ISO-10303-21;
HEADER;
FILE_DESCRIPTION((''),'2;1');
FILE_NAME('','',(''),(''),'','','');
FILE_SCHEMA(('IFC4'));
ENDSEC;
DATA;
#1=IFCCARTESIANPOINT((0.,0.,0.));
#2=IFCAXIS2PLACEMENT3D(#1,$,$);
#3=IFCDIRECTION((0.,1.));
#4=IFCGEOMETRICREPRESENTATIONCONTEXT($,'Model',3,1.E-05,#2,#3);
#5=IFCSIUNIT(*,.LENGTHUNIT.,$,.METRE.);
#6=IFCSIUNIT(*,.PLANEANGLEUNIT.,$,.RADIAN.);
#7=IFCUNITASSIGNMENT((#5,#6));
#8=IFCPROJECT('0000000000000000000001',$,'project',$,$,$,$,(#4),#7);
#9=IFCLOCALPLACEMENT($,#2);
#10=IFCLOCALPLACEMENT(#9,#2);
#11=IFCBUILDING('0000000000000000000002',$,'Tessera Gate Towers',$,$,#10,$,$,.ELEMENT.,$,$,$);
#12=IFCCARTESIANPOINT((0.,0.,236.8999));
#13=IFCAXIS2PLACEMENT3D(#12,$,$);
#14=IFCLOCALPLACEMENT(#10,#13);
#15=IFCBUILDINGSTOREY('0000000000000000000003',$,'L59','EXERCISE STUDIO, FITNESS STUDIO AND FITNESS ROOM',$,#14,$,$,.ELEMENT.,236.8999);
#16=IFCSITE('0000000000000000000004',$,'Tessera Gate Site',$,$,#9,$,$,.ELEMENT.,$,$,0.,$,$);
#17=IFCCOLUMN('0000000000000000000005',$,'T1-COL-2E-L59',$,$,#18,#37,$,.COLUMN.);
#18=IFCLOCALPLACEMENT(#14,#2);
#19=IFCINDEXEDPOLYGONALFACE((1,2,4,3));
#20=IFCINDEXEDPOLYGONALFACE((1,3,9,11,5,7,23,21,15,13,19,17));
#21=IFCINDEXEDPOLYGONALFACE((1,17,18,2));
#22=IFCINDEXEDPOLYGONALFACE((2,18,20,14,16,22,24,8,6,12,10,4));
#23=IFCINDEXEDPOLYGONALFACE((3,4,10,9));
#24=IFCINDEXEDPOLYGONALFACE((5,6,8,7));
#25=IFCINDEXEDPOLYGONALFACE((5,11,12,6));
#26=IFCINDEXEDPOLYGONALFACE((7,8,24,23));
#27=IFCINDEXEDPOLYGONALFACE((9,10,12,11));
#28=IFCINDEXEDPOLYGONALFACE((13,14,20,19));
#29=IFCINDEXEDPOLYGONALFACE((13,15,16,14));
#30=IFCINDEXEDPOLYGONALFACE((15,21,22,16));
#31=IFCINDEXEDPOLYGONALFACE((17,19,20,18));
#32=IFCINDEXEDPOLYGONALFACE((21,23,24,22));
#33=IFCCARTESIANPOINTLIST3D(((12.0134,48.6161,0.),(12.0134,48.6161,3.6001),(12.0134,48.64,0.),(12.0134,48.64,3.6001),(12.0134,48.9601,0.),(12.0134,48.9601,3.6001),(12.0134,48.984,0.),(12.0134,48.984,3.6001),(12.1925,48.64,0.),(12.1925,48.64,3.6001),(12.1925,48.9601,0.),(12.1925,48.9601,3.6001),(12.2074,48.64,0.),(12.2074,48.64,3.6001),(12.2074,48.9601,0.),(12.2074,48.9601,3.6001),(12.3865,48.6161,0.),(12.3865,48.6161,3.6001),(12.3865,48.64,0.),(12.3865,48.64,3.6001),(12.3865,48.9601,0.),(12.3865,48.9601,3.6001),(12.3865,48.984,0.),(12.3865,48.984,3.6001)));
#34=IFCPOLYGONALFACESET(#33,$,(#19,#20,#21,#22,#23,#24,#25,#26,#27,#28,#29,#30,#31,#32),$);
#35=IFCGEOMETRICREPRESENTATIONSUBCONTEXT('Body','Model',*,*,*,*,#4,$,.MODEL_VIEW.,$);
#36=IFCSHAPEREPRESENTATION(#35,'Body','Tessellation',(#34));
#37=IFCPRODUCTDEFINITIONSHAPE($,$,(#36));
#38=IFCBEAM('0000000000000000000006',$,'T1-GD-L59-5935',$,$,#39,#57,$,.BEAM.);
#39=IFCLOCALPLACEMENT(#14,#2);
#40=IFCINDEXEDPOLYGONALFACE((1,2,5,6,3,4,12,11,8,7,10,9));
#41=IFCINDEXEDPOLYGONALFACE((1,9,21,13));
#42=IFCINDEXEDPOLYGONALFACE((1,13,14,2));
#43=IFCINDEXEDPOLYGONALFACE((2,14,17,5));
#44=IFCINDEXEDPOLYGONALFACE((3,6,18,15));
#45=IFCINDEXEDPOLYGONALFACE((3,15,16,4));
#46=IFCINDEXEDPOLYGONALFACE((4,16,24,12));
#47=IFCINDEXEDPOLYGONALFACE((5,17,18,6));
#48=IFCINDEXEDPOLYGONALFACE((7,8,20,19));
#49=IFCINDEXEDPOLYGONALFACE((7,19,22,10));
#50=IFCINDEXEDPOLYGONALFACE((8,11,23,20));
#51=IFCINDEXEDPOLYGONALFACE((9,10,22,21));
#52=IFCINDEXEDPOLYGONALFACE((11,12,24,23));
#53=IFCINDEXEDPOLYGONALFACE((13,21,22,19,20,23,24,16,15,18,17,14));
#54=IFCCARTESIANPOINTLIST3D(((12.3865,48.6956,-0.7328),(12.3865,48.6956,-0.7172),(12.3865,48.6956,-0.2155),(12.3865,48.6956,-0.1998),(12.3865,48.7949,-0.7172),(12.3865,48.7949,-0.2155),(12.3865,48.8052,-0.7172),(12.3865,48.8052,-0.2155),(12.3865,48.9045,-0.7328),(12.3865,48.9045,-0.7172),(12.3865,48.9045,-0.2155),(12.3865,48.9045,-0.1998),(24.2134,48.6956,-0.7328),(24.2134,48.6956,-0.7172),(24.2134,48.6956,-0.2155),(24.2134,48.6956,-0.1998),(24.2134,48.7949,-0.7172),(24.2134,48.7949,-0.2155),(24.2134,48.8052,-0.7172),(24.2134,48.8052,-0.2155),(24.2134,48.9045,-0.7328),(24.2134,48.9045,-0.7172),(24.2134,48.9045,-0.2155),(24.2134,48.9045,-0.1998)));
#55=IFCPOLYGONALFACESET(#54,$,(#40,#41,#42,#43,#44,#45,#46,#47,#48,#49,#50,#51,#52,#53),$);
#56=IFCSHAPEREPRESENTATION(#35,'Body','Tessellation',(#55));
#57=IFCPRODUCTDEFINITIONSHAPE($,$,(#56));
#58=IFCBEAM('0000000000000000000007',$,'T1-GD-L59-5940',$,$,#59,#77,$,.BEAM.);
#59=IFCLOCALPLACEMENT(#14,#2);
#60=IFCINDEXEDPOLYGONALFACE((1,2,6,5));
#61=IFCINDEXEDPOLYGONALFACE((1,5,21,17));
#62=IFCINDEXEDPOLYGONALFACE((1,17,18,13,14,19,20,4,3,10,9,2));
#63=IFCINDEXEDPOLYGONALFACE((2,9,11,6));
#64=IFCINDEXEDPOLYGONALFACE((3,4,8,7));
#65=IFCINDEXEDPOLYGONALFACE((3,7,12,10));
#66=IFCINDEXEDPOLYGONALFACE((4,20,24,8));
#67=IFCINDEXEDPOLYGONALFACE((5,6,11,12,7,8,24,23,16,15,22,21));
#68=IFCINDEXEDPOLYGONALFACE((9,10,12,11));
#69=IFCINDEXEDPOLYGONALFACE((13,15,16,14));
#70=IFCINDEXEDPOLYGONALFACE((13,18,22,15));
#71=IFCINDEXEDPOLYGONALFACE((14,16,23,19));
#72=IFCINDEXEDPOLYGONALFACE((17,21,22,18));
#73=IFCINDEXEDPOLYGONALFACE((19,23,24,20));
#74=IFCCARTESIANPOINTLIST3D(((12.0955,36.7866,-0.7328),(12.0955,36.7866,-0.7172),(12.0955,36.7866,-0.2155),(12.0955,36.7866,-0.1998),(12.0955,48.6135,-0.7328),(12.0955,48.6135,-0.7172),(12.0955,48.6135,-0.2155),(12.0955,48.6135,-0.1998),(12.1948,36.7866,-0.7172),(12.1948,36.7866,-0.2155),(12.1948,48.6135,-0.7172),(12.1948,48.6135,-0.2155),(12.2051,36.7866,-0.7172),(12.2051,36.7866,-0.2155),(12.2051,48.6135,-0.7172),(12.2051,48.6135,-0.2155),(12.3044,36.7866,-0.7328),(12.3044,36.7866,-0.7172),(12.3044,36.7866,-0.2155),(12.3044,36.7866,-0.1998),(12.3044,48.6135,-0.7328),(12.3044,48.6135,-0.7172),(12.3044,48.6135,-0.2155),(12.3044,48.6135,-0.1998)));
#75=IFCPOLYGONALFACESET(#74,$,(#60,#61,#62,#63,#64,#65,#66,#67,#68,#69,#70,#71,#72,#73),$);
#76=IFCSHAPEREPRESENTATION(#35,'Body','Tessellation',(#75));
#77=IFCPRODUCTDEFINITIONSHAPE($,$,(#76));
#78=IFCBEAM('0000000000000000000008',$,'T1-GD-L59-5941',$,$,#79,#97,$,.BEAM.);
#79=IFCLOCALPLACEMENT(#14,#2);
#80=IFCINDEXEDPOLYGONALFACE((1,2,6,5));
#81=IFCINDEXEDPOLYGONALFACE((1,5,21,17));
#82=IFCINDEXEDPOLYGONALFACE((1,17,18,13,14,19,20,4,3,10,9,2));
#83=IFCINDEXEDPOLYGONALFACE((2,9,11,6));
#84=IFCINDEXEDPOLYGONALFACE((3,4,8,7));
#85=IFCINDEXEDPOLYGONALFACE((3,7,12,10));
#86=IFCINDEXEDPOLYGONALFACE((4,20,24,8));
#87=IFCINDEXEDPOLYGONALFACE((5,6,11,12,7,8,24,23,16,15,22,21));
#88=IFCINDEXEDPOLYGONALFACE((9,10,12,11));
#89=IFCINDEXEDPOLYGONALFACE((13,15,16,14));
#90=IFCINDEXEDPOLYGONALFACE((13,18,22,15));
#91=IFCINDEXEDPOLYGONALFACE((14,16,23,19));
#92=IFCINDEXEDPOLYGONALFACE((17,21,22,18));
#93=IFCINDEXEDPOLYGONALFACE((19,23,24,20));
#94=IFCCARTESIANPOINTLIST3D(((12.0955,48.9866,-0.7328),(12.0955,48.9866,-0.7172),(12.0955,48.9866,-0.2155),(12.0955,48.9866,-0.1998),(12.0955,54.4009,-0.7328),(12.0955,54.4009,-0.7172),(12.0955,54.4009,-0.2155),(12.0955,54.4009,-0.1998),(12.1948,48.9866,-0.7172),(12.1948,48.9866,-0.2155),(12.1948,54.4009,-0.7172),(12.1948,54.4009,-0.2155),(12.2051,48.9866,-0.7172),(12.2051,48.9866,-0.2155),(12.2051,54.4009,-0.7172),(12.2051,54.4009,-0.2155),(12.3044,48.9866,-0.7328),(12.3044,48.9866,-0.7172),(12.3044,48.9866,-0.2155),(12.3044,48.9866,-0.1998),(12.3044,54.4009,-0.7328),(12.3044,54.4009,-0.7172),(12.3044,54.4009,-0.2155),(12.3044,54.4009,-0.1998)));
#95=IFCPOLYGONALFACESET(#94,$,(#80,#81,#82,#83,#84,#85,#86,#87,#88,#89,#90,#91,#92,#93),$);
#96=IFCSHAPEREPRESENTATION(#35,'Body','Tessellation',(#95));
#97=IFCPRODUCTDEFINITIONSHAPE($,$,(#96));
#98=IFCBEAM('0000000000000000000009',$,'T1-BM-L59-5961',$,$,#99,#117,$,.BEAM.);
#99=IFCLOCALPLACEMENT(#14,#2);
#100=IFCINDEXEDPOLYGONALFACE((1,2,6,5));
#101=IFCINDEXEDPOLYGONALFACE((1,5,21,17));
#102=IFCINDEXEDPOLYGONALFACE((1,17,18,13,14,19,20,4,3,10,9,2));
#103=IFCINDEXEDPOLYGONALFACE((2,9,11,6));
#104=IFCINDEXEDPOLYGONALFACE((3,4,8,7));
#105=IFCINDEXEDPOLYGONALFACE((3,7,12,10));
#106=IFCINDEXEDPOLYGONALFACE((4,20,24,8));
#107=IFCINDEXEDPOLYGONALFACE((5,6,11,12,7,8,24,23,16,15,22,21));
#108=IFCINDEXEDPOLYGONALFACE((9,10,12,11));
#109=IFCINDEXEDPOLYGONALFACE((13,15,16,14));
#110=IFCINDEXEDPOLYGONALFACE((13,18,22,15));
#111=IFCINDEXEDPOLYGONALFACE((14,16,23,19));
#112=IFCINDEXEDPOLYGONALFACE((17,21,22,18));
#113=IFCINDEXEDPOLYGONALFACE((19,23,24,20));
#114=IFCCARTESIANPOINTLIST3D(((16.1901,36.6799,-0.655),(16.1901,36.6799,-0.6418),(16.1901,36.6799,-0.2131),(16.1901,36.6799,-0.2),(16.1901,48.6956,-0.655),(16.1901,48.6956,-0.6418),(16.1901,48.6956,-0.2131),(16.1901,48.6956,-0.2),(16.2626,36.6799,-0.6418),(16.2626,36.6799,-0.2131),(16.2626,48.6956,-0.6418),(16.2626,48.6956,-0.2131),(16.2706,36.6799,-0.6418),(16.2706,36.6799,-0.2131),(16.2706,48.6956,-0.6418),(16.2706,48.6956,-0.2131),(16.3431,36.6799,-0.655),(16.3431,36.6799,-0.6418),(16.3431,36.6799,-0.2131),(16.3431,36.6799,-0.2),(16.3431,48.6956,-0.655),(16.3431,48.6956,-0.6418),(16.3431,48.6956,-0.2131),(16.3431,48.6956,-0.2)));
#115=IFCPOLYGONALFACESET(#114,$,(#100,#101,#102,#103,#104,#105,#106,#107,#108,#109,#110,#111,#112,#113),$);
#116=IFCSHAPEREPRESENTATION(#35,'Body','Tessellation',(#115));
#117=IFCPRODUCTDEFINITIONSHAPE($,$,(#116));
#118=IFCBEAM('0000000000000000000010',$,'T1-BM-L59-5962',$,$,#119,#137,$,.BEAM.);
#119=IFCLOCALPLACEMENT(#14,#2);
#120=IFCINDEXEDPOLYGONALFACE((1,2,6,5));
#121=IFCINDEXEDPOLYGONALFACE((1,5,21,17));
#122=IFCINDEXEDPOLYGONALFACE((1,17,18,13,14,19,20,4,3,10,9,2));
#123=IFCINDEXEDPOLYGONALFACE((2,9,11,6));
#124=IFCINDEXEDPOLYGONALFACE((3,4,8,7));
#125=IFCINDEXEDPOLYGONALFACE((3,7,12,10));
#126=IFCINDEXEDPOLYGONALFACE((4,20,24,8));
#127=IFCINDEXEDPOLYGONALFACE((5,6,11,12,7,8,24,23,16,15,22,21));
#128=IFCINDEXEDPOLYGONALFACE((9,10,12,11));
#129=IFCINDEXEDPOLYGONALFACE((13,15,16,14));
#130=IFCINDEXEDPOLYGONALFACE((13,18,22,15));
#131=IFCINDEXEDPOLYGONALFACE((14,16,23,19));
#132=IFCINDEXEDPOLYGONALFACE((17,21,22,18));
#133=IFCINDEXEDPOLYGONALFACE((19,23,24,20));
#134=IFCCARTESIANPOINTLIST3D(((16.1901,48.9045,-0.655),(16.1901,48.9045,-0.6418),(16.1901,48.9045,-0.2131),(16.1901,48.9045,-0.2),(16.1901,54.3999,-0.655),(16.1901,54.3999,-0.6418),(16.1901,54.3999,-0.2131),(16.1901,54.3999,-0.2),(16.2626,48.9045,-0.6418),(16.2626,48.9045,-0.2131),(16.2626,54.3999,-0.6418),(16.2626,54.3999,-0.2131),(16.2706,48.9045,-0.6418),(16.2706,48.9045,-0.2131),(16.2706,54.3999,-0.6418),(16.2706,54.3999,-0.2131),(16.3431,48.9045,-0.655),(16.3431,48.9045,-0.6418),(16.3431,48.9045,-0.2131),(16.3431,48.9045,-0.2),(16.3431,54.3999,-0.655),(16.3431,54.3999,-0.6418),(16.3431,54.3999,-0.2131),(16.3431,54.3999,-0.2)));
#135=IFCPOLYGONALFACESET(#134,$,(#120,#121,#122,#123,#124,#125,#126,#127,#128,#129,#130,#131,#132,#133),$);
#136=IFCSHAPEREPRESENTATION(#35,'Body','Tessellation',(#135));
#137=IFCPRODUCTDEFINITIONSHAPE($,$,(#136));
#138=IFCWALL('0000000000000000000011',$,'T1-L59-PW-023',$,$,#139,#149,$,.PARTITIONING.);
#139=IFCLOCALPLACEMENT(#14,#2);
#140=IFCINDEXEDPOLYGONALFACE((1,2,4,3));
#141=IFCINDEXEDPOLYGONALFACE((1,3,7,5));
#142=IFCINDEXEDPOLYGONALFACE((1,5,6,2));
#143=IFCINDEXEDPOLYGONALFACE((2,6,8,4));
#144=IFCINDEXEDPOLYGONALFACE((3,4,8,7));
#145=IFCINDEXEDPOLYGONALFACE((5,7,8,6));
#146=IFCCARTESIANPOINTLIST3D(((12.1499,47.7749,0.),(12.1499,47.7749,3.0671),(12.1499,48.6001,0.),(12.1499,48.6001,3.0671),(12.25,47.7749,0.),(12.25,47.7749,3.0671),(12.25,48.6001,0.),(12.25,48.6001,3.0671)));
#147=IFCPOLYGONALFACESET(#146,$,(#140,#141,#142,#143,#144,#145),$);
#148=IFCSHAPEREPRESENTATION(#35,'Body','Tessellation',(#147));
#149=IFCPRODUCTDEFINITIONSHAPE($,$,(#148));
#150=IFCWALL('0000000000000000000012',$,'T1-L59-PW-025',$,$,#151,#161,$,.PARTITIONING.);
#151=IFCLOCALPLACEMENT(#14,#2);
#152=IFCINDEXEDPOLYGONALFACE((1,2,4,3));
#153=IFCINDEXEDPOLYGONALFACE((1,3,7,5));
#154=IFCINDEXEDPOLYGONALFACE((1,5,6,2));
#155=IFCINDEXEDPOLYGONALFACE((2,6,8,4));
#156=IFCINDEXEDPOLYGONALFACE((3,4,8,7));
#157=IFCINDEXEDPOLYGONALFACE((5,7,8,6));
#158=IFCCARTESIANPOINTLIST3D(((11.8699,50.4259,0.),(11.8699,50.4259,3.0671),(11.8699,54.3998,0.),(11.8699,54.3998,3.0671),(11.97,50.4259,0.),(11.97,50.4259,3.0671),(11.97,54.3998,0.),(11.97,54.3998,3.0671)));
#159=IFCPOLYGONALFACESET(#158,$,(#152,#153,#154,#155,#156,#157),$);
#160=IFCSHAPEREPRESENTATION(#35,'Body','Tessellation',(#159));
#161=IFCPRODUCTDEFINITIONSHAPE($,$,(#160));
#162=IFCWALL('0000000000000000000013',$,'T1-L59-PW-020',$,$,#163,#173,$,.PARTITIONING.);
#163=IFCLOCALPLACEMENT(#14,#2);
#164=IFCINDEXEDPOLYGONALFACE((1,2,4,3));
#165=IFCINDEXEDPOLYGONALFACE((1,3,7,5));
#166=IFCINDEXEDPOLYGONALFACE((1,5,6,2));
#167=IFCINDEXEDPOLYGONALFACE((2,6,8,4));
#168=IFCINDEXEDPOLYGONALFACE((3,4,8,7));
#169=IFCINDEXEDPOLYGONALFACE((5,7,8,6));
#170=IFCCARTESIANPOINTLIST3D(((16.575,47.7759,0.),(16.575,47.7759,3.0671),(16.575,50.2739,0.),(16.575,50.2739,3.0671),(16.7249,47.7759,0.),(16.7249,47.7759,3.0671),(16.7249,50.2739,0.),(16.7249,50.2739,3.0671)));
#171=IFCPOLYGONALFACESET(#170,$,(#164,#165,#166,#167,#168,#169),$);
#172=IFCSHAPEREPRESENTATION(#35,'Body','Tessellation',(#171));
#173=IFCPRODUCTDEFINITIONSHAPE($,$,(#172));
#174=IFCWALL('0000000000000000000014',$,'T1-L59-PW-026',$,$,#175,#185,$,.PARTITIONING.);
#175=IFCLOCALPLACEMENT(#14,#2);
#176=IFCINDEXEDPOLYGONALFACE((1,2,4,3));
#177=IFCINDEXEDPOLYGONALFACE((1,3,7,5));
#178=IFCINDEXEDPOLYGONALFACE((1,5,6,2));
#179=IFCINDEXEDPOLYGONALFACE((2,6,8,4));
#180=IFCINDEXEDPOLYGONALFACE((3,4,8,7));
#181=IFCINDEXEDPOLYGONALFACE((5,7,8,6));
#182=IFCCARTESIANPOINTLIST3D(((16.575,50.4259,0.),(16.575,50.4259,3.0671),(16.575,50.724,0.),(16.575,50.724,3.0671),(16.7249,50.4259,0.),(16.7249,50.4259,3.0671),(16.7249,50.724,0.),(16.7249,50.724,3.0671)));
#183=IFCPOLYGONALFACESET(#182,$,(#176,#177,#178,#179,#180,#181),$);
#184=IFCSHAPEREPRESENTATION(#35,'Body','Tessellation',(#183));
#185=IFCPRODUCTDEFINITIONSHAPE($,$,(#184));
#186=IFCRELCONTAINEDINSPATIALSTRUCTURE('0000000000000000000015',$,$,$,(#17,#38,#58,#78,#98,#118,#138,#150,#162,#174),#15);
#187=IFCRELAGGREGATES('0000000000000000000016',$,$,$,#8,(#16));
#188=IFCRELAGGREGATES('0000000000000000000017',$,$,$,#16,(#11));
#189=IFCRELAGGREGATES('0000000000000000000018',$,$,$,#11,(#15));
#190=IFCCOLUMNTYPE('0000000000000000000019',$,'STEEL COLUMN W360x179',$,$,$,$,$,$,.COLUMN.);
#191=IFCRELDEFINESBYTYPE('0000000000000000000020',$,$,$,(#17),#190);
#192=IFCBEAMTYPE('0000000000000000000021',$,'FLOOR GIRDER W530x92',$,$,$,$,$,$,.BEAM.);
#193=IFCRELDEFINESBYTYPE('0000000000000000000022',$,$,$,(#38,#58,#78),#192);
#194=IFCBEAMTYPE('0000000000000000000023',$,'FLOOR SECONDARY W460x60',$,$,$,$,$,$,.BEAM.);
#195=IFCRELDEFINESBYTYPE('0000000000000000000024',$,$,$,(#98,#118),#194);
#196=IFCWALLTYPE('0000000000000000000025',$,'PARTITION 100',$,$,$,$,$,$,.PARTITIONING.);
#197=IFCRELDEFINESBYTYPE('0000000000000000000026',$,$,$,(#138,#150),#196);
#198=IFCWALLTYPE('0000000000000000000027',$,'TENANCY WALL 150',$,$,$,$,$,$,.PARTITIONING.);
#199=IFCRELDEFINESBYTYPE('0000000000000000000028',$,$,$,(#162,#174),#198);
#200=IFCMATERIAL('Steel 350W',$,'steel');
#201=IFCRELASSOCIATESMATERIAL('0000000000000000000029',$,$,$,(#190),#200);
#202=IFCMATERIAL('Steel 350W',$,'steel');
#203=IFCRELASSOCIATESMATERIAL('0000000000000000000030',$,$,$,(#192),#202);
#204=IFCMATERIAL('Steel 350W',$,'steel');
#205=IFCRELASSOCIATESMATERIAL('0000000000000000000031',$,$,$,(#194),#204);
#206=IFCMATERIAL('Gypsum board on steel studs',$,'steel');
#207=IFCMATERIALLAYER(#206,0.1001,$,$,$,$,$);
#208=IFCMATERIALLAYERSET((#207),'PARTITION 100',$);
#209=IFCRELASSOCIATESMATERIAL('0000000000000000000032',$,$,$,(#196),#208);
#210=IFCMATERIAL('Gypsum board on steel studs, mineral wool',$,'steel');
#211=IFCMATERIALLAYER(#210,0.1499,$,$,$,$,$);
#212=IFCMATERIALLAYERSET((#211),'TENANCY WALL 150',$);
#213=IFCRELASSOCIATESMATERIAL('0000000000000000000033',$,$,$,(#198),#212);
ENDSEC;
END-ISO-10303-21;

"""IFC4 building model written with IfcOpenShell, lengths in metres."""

from ifc_helpers import new_model, si_unit, direction, frame, frame_2d, origin, origin_2d, place, context, subcontext, project, spatial, rectangle, i_section, extrude, material, layer, layer_set, material_profile, profile_set, type_object, element, save


model = new_model("IFC4")

# Units and contexts
model_context = context("Model", 3, precision=1e-05, world=origin(), true_north=direction((0.0, 1.0)))
body_context = subcontext(model_context, "Body", "Model", "MODEL_VIEW")
ifc_project = project(units=[si_unit("LENGTHUNIT", "METRE"), si_unit("PLANEANGLEUNIT", "RADIAN")], contexts=[model_context])

# Site, building, storey
site_placement = place(None, origin())
site = spatial("IfcSite", under=ifc_project, at=site_placement, Name="Tessera Gate Site", CompositionType="ELEMENT", RefElevation=0.0)
building_placement = place(site_placement, origin())
building = spatial("IfcBuilding", under=site, at=building_placement, Name="Tessera Gate Towers", CompositionType="ELEMENT")
storey_placement = place(building_placement, frame((0.0, 0.0, 236.8999)))
storey = spatial("IfcBuildingStorey", under=building, at=storey_placement, Name="L59", Description="EXERCISE STUDIO, FITNESS STUDIO AND FITNESS ROOM", CompositionType="ELEMENT", Elevation=236.8999)

# Column
ifc_material_1 = material(Name="Steel 350W", Category="steel")
ifc_material_profile_1 = material_profile(ifc_material_1, i_section(OverallWidth=0.373, OverallDepth=0.3679, WebThickness=0.0149, FlangeThickness=0.0239, at=origin_2d()), Name="W360x179")
ifc_profile_set_1 = profile_set([ifc_material_profile_1], Name="Steel 350W")
column_type = type_object("IfcColumnType", Name="STEEL COLUMN W360x179", PredefinedType="COLUMN", material=ifc_profile_set_1)
column_placement = place(storey_placement, frame((12.2, 48.8, 0.0), z_axis=(0.0, 0.0, 1.0), x_axis=(1.0, 0.0, 0.0)))
element("IfcColumn", 1, at=column_placement, inside=storey, type_object=column_type, Name="T1-COL-2E-L59", PredefinedType="COLUMN", context=body_context, shape_type="SweptSolid", body=[
    extrude(i_section(OverallWidth=0.373, OverallDepth=0.3679, WebThickness=0.0149, FlangeThickness=0.0239, at=origin_2d()), origin(), (0.0, 0.0, 1.0), 3.6001),
])

# Beams
ifc_material_2 = material(Name="Steel 350W", Category="steel")
ifc_material_profile_2 = material_profile(ifc_material_2, i_section(OverallWidth=0.209, OverallDepth=0.533, WebThickness=0.0103, FlangeThickness=0.0156, at=origin_2d()), Name="W530x92")
ifc_profile_set_2 = profile_set([ifc_material_profile_2], Name="Steel 350W")
beam_type_1 = type_object("IfcBeamType", Name="FLOOR GIRDER W530x92", PredefinedType="BEAM", material=ifc_profile_set_2)
for number, where, z_axis, x_axis, name in (
    (2, (12.3865, 48.8, -0.4663), (1.0, 0.0, 0.0), (0.0, 1.0, 0.0), "T1-GD-L59-5935"),
    (3, (12.2, 36.7866, -0.4663), (0.0, 1.0, 0.0), (-1.0, 0.0, 0.0), "T1-GD-L59-5940"),
):
    element("IfcBeam", number, at=place(storey_placement, frame(where, z_axis=z_axis, x_axis=x_axis)), inside=storey, type_object=beam_type_1, Name=name, PredefinedType="BEAM", context=body_context, shape_type="SweptSolid", body=[
        extrude(i_section(OverallWidth=0.209, OverallDepth=0.533, WebThickness=0.0103, FlangeThickness=0.0156, at=origin_2d()), origin(), (0.0, 0.0, 1.0), 11.8269),
    ])
beam_1_placement = place(storey_placement, frame((12.2, 48.9866, -0.4663), z_axis=(0.0, 1.0, 0.0), x_axis=(-1.0, 0.0, 0.0)))
element("IfcBeam", 4, at=beam_1_placement, inside=storey, type_object=beam_type_1, Name="T1-GD-L59-5941", PredefinedType="BEAM", context=body_context, shape_type="SweptSolid", body=[
    extrude(i_section(OverallWidth=0.209, OverallDepth=0.533, WebThickness=0.0103, FlangeThickness=0.0156, at=origin_2d()), origin(), (0.0, 0.0, 1.0), 5.4143),
])
ifc_material_3 = material(Name="Steel 350W", Category="steel")
ifc_material_profile_3 = material_profile(ifc_material_3, i_section(OverallWidth=0.1531, OverallDepth=0.4551, WebThickness=0.0081, FlangeThickness=0.0132, at=origin_2d()), Name="W460x60")
ifc_profile_set_3 = profile_set([ifc_material_profile_3], Name="Steel 350W")
beam_type_2 = type_object("IfcBeamType", Name="FLOOR SECONDARY W460x60", PredefinedType="BEAM", material=ifc_profile_set_3)
beam_2_placement = place(storey_placement, frame((16.2666, 36.6799, -0.4275), z_axis=(0.0, 1.0, 0.0), x_axis=(-1.0, 0.0, 0.0)))
element("IfcBeam", 5, at=beam_2_placement, inside=storey, type_object=beam_type_2, Name="T1-BM-L59-5961", PredefinedType="BEAM", context=body_context, shape_type="SweptSolid", body=[
    extrude(i_section(OverallWidth=0.1531, OverallDepth=0.4551, WebThickness=0.0081, FlangeThickness=0.0132, at=origin_2d()), origin(), (0.0, 0.0, 1.0), 12.0156),
])
beam_3_placement = place(storey_placement, frame((16.2666, 48.9045, -0.4275), z_axis=(0.0, 1.0, 0.0), x_axis=(-1.0, 0.0, 0.0)))
element("IfcBeam", 6, at=beam_3_placement, inside=storey, type_object=beam_type_2, Name="T1-BM-L59-5962", PredefinedType="BEAM", context=body_context, shape_type="SweptSolid", body=[
    extrude(i_section(OverallWidth=0.1531, OverallDepth=0.4551, WebThickness=0.0081, FlangeThickness=0.0132, at=origin_2d()), origin(), (0.0, 0.0, 1.0), 5.4954),
])

# Walls
ifc_material_4 = material(Name="Gypsum board on steel studs", Category="steel")
ifc_layer_1 = layer(ifc_material_4, 0.1001)
ifc_layer_set_1 = layer_set([ifc_layer_1], Name="PARTITION 100")
wall_type_1 = type_object("IfcWallType", Name="PARTITION 100", PredefinedType="PARTITIONING", material=ifc_layer_set_1)
wall_1_placement = place(storey_placement, frame((12.2, 48.6001, 0.0), z_axis=(0.0, 0.0, 1.0), x_axis=(0.0, -1.0, 0.0)))
element("IfcWall", 7, at=wall_1_placement, inside=storey, type_object=wall_type_1, Name="T1-L59-PW-023", PredefinedType="PARTITIONING", context=body_context, shape_type="SweptSolid", body=[
    extrude(rectangle(XDim=0.8252, YDim=0.1001, at=frame_2d((0.4126, 0.0))), origin(), (0.0, 0.0, 1.0), 3.0671),
])
wall_2_placement = place(storey_placement, frame((11.9199, 50.426, 0.0), z_axis=(0.0, 0.0, 1.0), x_axis=(0.0, 1.0, 0.0)))
element("IfcWall", 8, at=wall_2_placement, inside=storey, type_object=wall_type_1, Name="T1-L59-PW-025", PredefinedType="PARTITIONING", context=body_context, shape_type="SweptSolid", body=[
    extrude(rectangle(XDim=3.9739, YDim=0.1001, at=frame_2d((1.9868, 0.0))), origin(), (0.0, 0.0, 1.0), 3.0671),
])
ifc_material_5 = material(Name="Gypsum board on steel studs, mineral wool", Category="steel")
ifc_layer_2 = layer(ifc_material_5, 0.1499)
ifc_layer_set_2 = layer_set([ifc_layer_2], Name="TENANCY WALL 150")
wall_type_2 = type_object("IfcWallType", Name="TENANCY WALL 150", PredefinedType="PARTITIONING", material=ifc_layer_set_2)
wall_3_placement = place(storey_placement, frame((16.6499, 47.7759, 0.0), z_axis=(0.0, 0.0, 1.0), x_axis=(0.0, 1.0, 0.0)))
element("IfcWall", 9, at=wall_3_placement, inside=storey, type_object=wall_type_2, Name="T1-L59-PW-020", PredefinedType="PARTITIONING", context=body_context, shape_type="SweptSolid", body=[
    extrude(rectangle(XDim=2.498, YDim=0.1499, at=frame_2d((1.249, 0.0))), origin(), (0.0, 0.0, 1.0), 3.0671),
])
wall_4_placement = place(storey_placement, frame((16.6499, 50.426, 0.0), z_axis=(0.0, 0.0, 1.0), x_axis=(0.0, 1.0, 0.0)))
element("IfcWall", 10, at=wall_4_placement, inside=storey, type_object=wall_type_2, Name="T1-L59-PW-026", PredefinedType="PARTITIONING", context=body_context, shape_type="SweptSolid", body=[
    extrude(rectangle(XDim=0.2981, YDim=0.1499, at=frame_2d((0.1489, 0.0))), origin(), (0.0, 0.0, 1.0), 3.0671),
])

save(model, "model.ifc")
